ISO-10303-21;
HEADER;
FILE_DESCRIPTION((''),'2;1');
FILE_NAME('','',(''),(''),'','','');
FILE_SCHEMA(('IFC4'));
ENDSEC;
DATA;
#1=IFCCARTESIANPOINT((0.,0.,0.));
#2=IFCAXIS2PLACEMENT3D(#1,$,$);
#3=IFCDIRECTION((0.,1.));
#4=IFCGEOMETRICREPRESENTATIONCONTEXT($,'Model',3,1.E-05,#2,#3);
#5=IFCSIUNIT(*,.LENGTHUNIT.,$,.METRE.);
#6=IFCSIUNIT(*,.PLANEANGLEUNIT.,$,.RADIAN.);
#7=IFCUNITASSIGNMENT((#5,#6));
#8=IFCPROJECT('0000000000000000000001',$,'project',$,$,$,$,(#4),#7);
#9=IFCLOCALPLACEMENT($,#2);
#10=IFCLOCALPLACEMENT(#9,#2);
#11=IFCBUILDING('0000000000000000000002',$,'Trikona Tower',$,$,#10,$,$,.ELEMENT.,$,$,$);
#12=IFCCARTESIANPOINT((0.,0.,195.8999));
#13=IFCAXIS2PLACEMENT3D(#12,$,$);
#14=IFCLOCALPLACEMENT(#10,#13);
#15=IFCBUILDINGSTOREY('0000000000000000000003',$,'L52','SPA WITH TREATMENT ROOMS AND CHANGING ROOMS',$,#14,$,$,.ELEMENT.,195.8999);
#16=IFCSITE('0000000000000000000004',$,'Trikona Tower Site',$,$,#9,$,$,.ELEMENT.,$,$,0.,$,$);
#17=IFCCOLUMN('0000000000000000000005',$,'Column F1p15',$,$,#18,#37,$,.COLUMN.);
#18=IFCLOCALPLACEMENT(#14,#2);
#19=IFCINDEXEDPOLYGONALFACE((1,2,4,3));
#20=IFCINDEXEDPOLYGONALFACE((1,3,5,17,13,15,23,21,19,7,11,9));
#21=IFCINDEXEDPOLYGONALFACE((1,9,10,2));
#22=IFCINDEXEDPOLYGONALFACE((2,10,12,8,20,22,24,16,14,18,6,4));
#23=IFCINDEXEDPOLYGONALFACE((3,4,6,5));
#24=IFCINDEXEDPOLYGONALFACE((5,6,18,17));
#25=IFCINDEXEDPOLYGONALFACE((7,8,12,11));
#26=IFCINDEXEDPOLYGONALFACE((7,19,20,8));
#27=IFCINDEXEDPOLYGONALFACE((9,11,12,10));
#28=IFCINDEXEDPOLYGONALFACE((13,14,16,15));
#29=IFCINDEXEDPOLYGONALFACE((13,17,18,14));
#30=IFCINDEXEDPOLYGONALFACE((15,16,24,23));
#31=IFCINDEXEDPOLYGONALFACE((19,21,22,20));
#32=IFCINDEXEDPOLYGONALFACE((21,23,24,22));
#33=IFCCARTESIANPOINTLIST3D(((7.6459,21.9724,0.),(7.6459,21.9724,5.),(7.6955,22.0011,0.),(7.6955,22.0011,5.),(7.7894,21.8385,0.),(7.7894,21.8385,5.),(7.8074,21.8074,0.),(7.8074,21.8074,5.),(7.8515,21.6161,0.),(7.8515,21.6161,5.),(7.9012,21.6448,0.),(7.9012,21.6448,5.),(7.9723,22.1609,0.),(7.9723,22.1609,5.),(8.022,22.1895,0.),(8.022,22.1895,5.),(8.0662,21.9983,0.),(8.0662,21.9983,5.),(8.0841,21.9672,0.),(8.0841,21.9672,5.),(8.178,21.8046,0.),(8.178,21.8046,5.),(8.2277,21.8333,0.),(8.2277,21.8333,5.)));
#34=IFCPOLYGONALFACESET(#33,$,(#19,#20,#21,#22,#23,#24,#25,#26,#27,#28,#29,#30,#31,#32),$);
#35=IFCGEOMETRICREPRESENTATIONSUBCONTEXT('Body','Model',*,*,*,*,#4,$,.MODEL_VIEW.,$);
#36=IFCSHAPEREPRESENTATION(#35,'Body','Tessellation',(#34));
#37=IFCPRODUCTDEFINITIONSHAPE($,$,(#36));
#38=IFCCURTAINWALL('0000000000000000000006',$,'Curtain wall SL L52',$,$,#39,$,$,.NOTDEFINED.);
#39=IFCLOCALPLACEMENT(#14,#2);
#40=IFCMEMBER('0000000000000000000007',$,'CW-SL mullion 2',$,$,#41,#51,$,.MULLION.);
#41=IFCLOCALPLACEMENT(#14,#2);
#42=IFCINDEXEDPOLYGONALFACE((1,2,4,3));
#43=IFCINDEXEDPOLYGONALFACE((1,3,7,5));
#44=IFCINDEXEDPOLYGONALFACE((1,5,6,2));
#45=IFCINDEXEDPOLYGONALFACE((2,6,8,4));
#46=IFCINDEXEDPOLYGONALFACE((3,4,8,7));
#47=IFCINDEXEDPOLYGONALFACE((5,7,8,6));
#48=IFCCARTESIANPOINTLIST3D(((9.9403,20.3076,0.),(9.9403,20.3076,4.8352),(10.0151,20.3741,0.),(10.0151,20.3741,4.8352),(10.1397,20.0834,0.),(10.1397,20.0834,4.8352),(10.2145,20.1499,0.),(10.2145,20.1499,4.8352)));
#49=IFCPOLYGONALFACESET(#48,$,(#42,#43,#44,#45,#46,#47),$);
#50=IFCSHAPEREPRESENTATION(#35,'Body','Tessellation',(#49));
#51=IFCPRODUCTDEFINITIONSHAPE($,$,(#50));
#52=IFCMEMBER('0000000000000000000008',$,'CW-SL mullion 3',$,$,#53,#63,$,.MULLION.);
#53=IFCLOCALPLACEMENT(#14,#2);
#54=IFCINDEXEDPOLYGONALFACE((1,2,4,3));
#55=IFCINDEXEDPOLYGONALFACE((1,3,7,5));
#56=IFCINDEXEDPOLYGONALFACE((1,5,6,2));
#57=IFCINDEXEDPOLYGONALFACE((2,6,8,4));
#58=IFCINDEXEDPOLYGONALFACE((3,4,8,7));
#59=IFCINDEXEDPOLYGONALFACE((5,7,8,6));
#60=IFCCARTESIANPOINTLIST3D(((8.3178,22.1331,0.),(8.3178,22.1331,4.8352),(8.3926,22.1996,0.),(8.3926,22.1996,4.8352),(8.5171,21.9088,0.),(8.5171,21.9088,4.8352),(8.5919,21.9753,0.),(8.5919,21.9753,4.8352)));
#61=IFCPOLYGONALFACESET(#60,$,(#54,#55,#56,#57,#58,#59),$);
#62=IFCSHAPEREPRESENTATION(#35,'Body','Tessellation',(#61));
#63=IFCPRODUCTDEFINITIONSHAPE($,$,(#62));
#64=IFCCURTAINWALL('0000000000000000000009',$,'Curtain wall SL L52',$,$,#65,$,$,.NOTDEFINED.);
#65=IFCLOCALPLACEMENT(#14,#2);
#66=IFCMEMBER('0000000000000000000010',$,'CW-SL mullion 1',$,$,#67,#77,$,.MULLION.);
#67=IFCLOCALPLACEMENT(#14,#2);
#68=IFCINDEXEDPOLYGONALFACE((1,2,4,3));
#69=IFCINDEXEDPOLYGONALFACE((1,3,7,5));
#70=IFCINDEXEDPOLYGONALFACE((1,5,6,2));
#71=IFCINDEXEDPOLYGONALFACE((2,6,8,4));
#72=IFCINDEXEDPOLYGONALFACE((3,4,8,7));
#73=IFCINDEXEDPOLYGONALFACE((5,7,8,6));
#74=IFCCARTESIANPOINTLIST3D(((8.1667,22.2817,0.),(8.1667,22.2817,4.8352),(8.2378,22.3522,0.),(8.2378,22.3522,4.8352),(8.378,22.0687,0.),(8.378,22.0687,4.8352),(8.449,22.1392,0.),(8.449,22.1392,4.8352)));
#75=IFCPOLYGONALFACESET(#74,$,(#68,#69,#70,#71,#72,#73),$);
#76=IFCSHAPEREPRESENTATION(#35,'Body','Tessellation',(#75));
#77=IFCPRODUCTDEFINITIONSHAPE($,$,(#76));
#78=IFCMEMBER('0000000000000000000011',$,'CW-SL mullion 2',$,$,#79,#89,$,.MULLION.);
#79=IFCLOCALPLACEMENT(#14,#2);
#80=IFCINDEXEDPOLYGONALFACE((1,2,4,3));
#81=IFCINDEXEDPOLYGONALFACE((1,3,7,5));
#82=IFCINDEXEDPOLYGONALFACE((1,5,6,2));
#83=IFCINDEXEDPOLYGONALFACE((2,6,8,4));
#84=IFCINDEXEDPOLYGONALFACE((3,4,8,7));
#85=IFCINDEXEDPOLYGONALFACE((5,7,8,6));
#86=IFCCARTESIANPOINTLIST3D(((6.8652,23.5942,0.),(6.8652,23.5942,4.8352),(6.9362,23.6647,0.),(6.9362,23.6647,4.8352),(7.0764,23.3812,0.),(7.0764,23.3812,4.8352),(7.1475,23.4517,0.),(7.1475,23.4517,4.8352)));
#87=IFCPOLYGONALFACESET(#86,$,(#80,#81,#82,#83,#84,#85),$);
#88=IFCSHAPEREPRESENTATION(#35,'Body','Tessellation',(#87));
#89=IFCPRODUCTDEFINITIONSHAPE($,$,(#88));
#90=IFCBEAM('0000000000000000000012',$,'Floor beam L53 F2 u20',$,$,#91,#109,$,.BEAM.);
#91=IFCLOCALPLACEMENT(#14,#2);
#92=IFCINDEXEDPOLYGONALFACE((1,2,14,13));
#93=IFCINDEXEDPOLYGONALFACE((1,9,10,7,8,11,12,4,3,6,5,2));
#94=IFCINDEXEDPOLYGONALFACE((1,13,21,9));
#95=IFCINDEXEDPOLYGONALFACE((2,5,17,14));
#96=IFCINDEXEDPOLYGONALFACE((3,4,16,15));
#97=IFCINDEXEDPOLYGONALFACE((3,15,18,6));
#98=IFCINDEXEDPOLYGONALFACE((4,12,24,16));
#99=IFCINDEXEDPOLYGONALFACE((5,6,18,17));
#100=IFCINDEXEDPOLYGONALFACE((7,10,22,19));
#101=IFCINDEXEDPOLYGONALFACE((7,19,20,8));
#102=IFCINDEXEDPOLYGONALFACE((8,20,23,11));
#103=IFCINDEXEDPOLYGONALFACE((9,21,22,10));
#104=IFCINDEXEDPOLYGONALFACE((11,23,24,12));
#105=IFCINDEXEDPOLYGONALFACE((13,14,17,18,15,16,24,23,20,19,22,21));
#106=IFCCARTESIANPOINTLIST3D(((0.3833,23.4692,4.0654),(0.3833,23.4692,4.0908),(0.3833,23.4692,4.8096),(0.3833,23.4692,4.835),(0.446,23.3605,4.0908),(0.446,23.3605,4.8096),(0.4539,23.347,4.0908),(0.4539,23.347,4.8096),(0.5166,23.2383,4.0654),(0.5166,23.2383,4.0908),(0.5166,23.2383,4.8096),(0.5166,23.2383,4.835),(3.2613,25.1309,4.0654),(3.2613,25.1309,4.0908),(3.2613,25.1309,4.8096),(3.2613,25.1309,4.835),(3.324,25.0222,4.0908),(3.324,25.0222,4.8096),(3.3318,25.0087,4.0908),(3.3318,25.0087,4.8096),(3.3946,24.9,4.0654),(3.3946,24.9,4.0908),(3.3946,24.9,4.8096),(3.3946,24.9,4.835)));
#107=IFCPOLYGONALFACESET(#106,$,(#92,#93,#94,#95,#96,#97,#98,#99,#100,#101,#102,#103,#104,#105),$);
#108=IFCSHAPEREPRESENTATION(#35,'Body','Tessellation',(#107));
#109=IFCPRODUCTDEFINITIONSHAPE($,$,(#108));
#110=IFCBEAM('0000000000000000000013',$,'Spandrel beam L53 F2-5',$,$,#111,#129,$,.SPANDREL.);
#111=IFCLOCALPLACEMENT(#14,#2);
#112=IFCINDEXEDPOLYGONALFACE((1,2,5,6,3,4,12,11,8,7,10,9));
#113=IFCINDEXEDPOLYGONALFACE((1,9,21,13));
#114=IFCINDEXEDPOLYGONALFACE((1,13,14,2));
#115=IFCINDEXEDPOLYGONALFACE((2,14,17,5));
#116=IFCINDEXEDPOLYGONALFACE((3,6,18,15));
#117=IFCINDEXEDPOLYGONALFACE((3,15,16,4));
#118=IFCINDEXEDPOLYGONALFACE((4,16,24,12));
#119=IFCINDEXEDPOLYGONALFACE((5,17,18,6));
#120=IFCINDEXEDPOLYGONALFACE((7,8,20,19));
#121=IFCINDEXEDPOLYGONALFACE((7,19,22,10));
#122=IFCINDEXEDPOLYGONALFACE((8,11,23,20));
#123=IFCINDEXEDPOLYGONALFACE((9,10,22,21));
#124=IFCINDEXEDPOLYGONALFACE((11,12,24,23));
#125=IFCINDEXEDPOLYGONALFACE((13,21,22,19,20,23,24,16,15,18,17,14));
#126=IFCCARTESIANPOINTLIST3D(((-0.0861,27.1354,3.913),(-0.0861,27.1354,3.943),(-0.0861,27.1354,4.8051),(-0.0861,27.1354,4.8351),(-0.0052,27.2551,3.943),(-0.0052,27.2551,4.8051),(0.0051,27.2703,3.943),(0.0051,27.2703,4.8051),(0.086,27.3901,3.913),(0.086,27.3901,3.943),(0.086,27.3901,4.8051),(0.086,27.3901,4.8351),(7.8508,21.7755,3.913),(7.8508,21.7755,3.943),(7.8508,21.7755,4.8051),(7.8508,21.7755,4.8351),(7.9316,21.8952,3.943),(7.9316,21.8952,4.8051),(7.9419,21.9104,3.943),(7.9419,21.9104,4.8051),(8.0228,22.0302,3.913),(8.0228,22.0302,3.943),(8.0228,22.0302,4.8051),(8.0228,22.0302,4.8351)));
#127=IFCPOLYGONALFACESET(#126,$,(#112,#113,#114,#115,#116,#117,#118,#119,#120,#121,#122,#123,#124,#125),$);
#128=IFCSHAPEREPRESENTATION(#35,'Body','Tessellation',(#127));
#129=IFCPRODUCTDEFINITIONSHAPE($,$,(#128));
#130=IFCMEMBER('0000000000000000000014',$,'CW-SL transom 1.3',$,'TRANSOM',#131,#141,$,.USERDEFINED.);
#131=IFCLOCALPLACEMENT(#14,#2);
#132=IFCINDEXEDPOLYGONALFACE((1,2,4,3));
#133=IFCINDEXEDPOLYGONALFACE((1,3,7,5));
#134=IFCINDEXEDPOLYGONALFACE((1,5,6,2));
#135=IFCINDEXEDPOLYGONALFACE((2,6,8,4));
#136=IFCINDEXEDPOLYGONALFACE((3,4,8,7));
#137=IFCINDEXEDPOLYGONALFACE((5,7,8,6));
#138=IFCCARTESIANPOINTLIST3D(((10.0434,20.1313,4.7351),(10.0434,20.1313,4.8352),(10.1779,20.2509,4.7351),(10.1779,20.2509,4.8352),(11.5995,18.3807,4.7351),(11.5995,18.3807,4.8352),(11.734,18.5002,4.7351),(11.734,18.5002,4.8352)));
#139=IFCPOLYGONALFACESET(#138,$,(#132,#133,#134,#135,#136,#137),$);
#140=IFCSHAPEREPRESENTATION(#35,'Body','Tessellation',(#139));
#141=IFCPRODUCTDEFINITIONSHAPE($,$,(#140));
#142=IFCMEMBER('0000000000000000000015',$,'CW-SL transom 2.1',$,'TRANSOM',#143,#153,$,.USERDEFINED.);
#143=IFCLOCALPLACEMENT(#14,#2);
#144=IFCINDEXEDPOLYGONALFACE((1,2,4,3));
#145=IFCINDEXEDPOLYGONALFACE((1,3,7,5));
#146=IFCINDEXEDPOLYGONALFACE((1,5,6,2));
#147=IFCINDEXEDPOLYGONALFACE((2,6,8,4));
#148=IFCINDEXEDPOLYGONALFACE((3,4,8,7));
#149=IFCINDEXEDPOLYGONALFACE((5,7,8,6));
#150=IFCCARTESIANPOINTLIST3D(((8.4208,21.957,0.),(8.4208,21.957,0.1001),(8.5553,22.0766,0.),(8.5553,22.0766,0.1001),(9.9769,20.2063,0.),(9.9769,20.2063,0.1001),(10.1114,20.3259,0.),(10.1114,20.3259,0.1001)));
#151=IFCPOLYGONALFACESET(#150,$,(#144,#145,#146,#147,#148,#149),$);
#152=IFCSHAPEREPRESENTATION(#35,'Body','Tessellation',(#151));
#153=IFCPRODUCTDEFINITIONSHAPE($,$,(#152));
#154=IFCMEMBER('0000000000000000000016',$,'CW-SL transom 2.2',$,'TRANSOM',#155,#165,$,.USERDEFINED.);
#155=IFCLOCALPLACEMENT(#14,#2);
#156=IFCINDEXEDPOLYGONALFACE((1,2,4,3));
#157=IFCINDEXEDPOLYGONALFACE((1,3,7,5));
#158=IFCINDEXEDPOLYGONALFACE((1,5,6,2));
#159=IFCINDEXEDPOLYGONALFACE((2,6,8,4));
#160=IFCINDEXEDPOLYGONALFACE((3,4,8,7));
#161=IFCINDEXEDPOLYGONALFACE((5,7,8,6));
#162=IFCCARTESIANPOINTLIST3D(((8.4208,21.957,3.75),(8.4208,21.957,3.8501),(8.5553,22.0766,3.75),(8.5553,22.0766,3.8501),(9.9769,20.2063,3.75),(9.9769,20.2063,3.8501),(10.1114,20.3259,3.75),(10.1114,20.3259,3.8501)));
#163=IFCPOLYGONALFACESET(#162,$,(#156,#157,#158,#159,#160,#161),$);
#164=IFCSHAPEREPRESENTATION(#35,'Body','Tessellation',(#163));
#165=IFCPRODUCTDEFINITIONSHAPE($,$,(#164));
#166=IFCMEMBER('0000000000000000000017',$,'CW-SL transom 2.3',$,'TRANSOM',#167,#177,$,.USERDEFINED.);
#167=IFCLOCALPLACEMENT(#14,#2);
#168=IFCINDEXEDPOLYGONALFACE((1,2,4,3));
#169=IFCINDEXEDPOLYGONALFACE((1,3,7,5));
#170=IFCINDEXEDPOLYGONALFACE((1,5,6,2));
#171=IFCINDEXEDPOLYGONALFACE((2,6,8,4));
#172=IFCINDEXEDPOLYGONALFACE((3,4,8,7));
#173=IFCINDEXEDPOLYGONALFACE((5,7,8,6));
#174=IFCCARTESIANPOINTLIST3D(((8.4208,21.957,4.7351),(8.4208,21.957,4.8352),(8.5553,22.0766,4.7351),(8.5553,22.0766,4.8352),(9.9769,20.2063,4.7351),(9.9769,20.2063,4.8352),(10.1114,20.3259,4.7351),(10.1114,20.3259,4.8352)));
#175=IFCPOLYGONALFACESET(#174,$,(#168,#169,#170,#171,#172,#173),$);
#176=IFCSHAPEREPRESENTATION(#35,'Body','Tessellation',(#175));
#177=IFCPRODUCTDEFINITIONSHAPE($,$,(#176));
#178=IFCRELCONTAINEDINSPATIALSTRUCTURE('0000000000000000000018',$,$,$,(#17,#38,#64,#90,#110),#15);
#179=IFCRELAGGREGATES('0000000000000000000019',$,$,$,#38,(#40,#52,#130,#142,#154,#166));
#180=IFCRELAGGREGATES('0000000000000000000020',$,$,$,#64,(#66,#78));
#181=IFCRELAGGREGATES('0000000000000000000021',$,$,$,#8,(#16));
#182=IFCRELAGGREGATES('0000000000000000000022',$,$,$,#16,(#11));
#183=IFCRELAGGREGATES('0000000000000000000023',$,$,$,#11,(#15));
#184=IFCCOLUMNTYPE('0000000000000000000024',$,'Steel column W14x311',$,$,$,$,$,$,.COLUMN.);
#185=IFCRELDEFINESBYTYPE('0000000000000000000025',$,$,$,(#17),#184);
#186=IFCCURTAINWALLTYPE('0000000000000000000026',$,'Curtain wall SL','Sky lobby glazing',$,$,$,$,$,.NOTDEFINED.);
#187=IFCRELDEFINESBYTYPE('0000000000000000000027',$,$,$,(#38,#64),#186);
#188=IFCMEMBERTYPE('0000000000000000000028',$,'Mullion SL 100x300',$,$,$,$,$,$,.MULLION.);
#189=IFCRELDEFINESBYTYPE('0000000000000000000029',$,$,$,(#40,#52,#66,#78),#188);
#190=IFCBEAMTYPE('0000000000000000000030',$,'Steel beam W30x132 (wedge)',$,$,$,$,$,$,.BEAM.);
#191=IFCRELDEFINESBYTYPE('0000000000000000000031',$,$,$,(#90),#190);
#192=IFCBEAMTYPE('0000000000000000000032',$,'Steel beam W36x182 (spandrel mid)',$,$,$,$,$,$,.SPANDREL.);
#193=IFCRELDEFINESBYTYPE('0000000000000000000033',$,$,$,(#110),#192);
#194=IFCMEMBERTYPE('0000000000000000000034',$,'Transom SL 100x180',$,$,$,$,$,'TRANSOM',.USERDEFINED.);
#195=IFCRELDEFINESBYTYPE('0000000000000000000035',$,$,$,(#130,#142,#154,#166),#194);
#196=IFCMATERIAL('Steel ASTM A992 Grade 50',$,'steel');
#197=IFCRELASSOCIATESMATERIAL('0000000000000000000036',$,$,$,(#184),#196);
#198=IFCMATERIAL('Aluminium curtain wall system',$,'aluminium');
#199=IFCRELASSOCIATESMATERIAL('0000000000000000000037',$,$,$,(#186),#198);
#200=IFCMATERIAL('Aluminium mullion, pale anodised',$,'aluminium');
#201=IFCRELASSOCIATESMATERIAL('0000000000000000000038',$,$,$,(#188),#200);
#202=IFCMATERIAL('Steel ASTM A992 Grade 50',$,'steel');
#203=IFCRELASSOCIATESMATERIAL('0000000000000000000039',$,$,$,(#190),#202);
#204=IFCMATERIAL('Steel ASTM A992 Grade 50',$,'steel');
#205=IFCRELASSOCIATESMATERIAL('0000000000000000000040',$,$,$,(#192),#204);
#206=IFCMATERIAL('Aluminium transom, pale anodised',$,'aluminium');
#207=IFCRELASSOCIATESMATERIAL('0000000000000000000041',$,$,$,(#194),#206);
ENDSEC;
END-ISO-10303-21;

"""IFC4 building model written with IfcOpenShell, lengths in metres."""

from ifc_helpers import new_model, si_unit, direction, frame, origin, origin_2d, place, context, subcontext, project, spatial, rectangle, i_section, extrude, material, material_profile, profile_set, type_object, element, aggregate, save


model = new_model("IFC4")

# Units and contexts
model_context = context("Model", 3, precision=1e-05, world=origin(), true_north=direction((0.0, 1.0)))
body_context = subcontext(model_context, "Body", "Model", "MODEL_VIEW")
ifc_project = project(units=[si_unit("LENGTHUNIT", "METRE"), si_unit("PLANEANGLEUNIT", "RADIAN")], contexts=[model_context])

# Site, building, storey
site_placement = place(None, origin())
site = spatial("IfcSite", under=ifc_project, at=site_placement, Name="Trikona Tower Site", CompositionType="ELEMENT", RefElevation=0.0)
building_placement = place(site_placement, origin())
building = spatial("IfcBuilding", under=site, at=building_placement, Name="Trikona Tower", CompositionType="ELEMENT")
storey_placement = place(building_placement, frame((0.0, 0.0, 195.8999)))
storey = spatial("IfcBuildingStorey", under=building, at=storey_placement, Name="L52", Description="SPA WITH TREATMENT ROOMS AND CHANGING ROOMS", CompositionType="ELEMENT", Elevation=195.8999)

# Column
ifc_material_1 = material(Name="Steel ASTM A992 Grade 50", Category="steel")
ifc_material_profile_1 = material_profile(ifc_material_1, i_section(OverallWidth=0.4114, OverallDepth=0.4343, WebThickness=0.0359, FlangeThickness=0.0574, at=origin_2d()), Name="W14X311")
ifc_profile_set_1 = profile_set([ifc_material_profile_1], Name="Steel ASTM A992 Grade 50")
column_type = type_object("IfcColumnType", Name="Steel column W14x311", PredefinedType="COLUMN", material=ifc_profile_set_1)
column_placement = place(storey_placement, frame((7.9368, 21.9028, 0.0), z_axis=(0.0, 0.0, 1.0), x_axis=(-0.5, 0.866025, 0.0)))
element("IfcColumn", 1, at=column_placement, inside=storey, type_object=column_type, Name="Column F1p15", PredefinedType="COLUMN", context=body_context, shape_type="SweptSolid", body=[
    extrude(i_section(OverallWidth=0.4114, OverallDepth=0.4343, WebThickness=0.0359, FlangeThickness=0.0574, at=origin_2d()), origin(), (0.0, 0.0, 1.0), 5.0),
])

# Curtain walls, members
ifc_material_2 = material(Name="Aluminium curtain wall system", Category="aluminium")
curtain_wall_type = type_object("IfcCurtainWallType", Name="Curtain wall SL", Description="Sky lobby glazing", PredefinedType="NOTDEFINED", material=ifc_material_2)
curtain_wall_1_placement = place(storey_placement, origin())
curtain_wall_1 = element("IfcCurtainWall", 2, at=curtain_wall_1_placement, inside=storey, type_object=curtain_wall_type, Name="Curtain wall SL L52", PredefinedType="NOTDEFINED")
ifc_material_3 = material(Name="Aluminium mullion, pale anodised", Category="aluminium")
ifc_material_profile_2 = material_profile(ifc_material_3, rectangle(XDim=0.1001, YDim=0.3, at=origin_2d()), Name="MUL-SL")
ifc_profile_set_2 = profile_set([ifc_material_profile_2], Name="Aluminium mullion, pale anodised")
member_type_1 = type_object("IfcMemberType", Name="Mullion SL 100x300", PredefinedType="MULLION", material=ifc_profile_set_2)
member_1_placement = place(storey_placement, frame((10.0774, 20.2288, 0.0), z_axis=(0.0, 0.0, 1.0), x_axis=(-0.747403, -0.664371, 0.0)))
member_1 = element("IfcMember", 3, at=member_1_placement, type_object=member_type_1, Name="CW-SL mullion 2", PredefinedType="MULLION", context=body_context, shape_type="SweptSolid", body=[
    extrude(rectangle(XDim=0.1001, YDim=0.3, at=origin_2d()), origin(), (0.0, 0.0, 1.0), 4.8352),
])
member_2_placement = place(storey_placement, frame((8.4548, 22.0542, 0.0), z_axis=(0.0, 0.0, 1.0), x_axis=(-0.747403, -0.664371, 0.0)))
member_2 = element("IfcMember", 4, at=member_2_placement, type_object=member_type_1, Name="CW-SL mullion 3", PredefinedType="MULLION", context=body_context, shape_type="SweptSolid", body=[
    extrude(rectangle(XDim=0.1001, YDim=0.3, at=origin_2d()), origin(), (0.0, 0.0, 1.0), 4.8352),
])
curtain_wall_2_placement = place(storey_placement, origin())
curtain_wall_2 = element("IfcCurtainWall", 5, at=curtain_wall_2_placement, inside=storey, type_object=curtain_wall_type, Name="Curtain wall SL L52", PredefinedType="NOTDEFINED")
member_3_placement = place(storey_placement, frame((8.3079, 22.2104, 0.0), z_axis=(0.0, 0.0, 1.0), x_axis=(-0.710052, -0.704149, 0.0)))
member_3 = element("IfcMember", 6, at=member_3_placement, type_object=member_type_1, Name="CW-SL mullion 1", PredefinedType="MULLION", context=body_context, shape_type="SweptSolid", body=[
    extrude(rectangle(XDim=0.1001, YDim=0.3, at=origin_2d()), origin(), (0.0, 0.0, 1.0), 4.8352),
])
member_4_placement = place(storey_placement, frame((7.0063, 23.5229, 0.0), z_axis=(0.0, 0.0, 1.0), x_axis=(-0.710052, -0.704149, 0.0)))
member_4 = element("IfcMember", 7, at=member_4_placement, type_object=member_type_1, Name="CW-SL mullion 2", PredefinedType="MULLION", context=body_context, shape_type="SweptSolid", body=[
    extrude(rectangle(XDim=0.1001, YDim=0.3, at=origin_2d()), origin(), (0.0, 0.0, 1.0), 4.8352),
])

# Beams
ifc_material_4 = material(Name="Steel ASTM A992 Grade 50", Category="steel")
ifc_material_profile_3 = material_profile(ifc_material_4, i_section(OverallWidth=0.2666, OverallDepth=0.7695, WebThickness=0.0156, FlangeThickness=0.0254, at=origin_2d()), Name="W30X132")
ifc_profile_set_3 = profile_set([ifc_material_profile_3], Name="Steel ASTM A992 Grade 50")
beam_type_1 = type_object("IfcBeamType", Name="Steel beam W30x132 (wedge)", PredefinedType="BEAM", material=ifc_profile_set_3)
beam_1_placement = place(storey_placement, frame((0.45, 23.3538, 4.4502), z_axis=(0.866019, 0.500011, 0.0), x_axis=(-0.500011, 0.866019, 0.0)))
element("IfcBeam", 8, at=beam_1_placement, inside=storey, type_object=beam_type_1, Name="Floor beam L53 F2 u20", PredefinedType="BEAM", context=body_context, shape_type="SweptSolid", body=[
    extrude(i_section(OverallWidth=0.2666, OverallDepth=0.7695, WebThickness=0.0156, FlangeThickness=0.0254, at=origin_2d()), origin(), (0.0, 0.0, 1.0), 3.3232),
])
ifc_material_5 = material(Name="Steel ASTM A992 Grade 50", Category="steel")
ifc_material_profile_4 = material_profile(ifc_material_5, i_section(OverallWidth=0.3074, OverallDepth=0.9221, WebThickness=0.0183, FlangeThickness=0.03, at=origin_2d()), Name="W36X182")
ifc_profile_set_4 = profile_set([ifc_material_profile_4], Name="Steel ASTM A992 Grade 50")
beam_type_2 = type_object("IfcBeamType", Name="Steel beam W36x182 (spandrel mid)", PredefinedType="SPANDREL", material=ifc_profile_set_4)
beam_2_placement = place(storey_placement, frame((7.9368, 21.9028, 4.374), z_axis=(-0.828725, 0.559655, 0.0), x_axis=(-0.559655, -0.828725, 0.0)))
element("IfcBeam", 9, at=beam_2_placement, inside=storey, type_object=beam_type_2, Name="Spandrel beam L53 F2-5", PredefinedType="SPANDREL", context=body_context, shape_type="SweptSolid", body=[
    extrude(i_section(OverallWidth=0.3074, OverallDepth=0.9221, WebThickness=0.0183, FlangeThickness=0.03, at=origin_2d()), origin(), (0.0, 0.0, 1.0), 9.5771),
])

# Members
ifc_material_6 = material(Name="Aluminium transom, pale anodised", Category="aluminium")
ifc_material_profile_5 = material_profile(ifc_material_6, rectangle(XDim=0.1799, YDim=0.1001, at=origin_2d()), Name="TRN-SL")
ifc_profile_set_5 = profile_set([ifc_material_profile_5], Name="Aluminium transom, pale anodised")
member_type_2 = type_object("IfcMemberType", Name="Transom SL 100x180", ElementType="TRANSOM", PredefinedType="USERDEFINED", material=ifc_profile_set_5)
member_5_placement = place(storey_placement, frame((11.6667, 18.4404, 4.7852), z_axis=(-0.664351, 0.747421, 0.0), x_axis=(-0.747421, -0.664351, 0.0)))
member_5 = element("IfcMember", 10, at=member_5_placement, type_object=member_type_2, Name="CW-SL transom 1.3", ObjectType="TRANSOM", PredefinedType="USERDEFINED", context=body_context, shape_type="SweptSolid", body=[
    extrude(rectangle(XDim=0.1799, YDim=0.1001, at=origin_2d()), origin(), (0.0, 0.0, 1.0), 2.3423),
])
member_6_placement = place(storey_placement, frame((10.0442, 20.2661, 0.05), z_axis=(-0.664351, 0.747421, 0.0), x_axis=(-0.747421, -0.664351, 0.0)))
member_6 = element("IfcMember", 11, at=member_6_placement, type_object=member_type_2, Name="CW-SL transom 2.1", ObjectType="TRANSOM", PredefinedType="USERDEFINED", context=body_context, shape_type="SweptSolid", body=[
    extrude(rectangle(XDim=0.1799, YDim=0.1001, at=origin_2d()), origin(), (0.0, 0.0, 1.0), 2.3423),
])
member_7_placement = place(storey_placement, frame((10.0442, 20.2661, 3.8), z_axis=(-0.664351, 0.747421, 0.0), x_axis=(-0.747421, -0.664351, 0.0)))
member_7 = element("IfcMember", 12, at=member_7_placement, type_object=member_type_2, Name="CW-SL transom 2.2", ObjectType="TRANSOM", PredefinedType="USERDEFINED", context=body_context, shape_type="SweptSolid", body=[
    extrude(rectangle(XDim=0.1799, YDim=0.1001, at=origin_2d()), origin(), (0.0, 0.0, 1.0), 2.3423),
])
member_8_placement = place(storey_placement, frame((10.0442, 20.2661, 4.7852), z_axis=(-0.664351, 0.747421, 0.0), x_axis=(-0.747421, -0.664351, 0.0)))
member_8 = element("IfcMember", 13, at=member_8_placement, type_object=member_type_2, Name="CW-SL transom 2.3", ObjectType="TRANSOM", PredefinedType="USERDEFINED", context=body_context, shape_type="SweptSolid", body=[
    extrude(rectangle(XDim=0.1799, YDim=0.1001, at=origin_2d()), origin(), (0.0, 0.0, 1.0), 2.3423),
])

aggregate(curtain_wall_1, [member_1, member_2, member_5, member_6, member_7, member_8])
aggregate(curtain_wall_2, [member_3, member_4])

save(model, "model.ifc")
